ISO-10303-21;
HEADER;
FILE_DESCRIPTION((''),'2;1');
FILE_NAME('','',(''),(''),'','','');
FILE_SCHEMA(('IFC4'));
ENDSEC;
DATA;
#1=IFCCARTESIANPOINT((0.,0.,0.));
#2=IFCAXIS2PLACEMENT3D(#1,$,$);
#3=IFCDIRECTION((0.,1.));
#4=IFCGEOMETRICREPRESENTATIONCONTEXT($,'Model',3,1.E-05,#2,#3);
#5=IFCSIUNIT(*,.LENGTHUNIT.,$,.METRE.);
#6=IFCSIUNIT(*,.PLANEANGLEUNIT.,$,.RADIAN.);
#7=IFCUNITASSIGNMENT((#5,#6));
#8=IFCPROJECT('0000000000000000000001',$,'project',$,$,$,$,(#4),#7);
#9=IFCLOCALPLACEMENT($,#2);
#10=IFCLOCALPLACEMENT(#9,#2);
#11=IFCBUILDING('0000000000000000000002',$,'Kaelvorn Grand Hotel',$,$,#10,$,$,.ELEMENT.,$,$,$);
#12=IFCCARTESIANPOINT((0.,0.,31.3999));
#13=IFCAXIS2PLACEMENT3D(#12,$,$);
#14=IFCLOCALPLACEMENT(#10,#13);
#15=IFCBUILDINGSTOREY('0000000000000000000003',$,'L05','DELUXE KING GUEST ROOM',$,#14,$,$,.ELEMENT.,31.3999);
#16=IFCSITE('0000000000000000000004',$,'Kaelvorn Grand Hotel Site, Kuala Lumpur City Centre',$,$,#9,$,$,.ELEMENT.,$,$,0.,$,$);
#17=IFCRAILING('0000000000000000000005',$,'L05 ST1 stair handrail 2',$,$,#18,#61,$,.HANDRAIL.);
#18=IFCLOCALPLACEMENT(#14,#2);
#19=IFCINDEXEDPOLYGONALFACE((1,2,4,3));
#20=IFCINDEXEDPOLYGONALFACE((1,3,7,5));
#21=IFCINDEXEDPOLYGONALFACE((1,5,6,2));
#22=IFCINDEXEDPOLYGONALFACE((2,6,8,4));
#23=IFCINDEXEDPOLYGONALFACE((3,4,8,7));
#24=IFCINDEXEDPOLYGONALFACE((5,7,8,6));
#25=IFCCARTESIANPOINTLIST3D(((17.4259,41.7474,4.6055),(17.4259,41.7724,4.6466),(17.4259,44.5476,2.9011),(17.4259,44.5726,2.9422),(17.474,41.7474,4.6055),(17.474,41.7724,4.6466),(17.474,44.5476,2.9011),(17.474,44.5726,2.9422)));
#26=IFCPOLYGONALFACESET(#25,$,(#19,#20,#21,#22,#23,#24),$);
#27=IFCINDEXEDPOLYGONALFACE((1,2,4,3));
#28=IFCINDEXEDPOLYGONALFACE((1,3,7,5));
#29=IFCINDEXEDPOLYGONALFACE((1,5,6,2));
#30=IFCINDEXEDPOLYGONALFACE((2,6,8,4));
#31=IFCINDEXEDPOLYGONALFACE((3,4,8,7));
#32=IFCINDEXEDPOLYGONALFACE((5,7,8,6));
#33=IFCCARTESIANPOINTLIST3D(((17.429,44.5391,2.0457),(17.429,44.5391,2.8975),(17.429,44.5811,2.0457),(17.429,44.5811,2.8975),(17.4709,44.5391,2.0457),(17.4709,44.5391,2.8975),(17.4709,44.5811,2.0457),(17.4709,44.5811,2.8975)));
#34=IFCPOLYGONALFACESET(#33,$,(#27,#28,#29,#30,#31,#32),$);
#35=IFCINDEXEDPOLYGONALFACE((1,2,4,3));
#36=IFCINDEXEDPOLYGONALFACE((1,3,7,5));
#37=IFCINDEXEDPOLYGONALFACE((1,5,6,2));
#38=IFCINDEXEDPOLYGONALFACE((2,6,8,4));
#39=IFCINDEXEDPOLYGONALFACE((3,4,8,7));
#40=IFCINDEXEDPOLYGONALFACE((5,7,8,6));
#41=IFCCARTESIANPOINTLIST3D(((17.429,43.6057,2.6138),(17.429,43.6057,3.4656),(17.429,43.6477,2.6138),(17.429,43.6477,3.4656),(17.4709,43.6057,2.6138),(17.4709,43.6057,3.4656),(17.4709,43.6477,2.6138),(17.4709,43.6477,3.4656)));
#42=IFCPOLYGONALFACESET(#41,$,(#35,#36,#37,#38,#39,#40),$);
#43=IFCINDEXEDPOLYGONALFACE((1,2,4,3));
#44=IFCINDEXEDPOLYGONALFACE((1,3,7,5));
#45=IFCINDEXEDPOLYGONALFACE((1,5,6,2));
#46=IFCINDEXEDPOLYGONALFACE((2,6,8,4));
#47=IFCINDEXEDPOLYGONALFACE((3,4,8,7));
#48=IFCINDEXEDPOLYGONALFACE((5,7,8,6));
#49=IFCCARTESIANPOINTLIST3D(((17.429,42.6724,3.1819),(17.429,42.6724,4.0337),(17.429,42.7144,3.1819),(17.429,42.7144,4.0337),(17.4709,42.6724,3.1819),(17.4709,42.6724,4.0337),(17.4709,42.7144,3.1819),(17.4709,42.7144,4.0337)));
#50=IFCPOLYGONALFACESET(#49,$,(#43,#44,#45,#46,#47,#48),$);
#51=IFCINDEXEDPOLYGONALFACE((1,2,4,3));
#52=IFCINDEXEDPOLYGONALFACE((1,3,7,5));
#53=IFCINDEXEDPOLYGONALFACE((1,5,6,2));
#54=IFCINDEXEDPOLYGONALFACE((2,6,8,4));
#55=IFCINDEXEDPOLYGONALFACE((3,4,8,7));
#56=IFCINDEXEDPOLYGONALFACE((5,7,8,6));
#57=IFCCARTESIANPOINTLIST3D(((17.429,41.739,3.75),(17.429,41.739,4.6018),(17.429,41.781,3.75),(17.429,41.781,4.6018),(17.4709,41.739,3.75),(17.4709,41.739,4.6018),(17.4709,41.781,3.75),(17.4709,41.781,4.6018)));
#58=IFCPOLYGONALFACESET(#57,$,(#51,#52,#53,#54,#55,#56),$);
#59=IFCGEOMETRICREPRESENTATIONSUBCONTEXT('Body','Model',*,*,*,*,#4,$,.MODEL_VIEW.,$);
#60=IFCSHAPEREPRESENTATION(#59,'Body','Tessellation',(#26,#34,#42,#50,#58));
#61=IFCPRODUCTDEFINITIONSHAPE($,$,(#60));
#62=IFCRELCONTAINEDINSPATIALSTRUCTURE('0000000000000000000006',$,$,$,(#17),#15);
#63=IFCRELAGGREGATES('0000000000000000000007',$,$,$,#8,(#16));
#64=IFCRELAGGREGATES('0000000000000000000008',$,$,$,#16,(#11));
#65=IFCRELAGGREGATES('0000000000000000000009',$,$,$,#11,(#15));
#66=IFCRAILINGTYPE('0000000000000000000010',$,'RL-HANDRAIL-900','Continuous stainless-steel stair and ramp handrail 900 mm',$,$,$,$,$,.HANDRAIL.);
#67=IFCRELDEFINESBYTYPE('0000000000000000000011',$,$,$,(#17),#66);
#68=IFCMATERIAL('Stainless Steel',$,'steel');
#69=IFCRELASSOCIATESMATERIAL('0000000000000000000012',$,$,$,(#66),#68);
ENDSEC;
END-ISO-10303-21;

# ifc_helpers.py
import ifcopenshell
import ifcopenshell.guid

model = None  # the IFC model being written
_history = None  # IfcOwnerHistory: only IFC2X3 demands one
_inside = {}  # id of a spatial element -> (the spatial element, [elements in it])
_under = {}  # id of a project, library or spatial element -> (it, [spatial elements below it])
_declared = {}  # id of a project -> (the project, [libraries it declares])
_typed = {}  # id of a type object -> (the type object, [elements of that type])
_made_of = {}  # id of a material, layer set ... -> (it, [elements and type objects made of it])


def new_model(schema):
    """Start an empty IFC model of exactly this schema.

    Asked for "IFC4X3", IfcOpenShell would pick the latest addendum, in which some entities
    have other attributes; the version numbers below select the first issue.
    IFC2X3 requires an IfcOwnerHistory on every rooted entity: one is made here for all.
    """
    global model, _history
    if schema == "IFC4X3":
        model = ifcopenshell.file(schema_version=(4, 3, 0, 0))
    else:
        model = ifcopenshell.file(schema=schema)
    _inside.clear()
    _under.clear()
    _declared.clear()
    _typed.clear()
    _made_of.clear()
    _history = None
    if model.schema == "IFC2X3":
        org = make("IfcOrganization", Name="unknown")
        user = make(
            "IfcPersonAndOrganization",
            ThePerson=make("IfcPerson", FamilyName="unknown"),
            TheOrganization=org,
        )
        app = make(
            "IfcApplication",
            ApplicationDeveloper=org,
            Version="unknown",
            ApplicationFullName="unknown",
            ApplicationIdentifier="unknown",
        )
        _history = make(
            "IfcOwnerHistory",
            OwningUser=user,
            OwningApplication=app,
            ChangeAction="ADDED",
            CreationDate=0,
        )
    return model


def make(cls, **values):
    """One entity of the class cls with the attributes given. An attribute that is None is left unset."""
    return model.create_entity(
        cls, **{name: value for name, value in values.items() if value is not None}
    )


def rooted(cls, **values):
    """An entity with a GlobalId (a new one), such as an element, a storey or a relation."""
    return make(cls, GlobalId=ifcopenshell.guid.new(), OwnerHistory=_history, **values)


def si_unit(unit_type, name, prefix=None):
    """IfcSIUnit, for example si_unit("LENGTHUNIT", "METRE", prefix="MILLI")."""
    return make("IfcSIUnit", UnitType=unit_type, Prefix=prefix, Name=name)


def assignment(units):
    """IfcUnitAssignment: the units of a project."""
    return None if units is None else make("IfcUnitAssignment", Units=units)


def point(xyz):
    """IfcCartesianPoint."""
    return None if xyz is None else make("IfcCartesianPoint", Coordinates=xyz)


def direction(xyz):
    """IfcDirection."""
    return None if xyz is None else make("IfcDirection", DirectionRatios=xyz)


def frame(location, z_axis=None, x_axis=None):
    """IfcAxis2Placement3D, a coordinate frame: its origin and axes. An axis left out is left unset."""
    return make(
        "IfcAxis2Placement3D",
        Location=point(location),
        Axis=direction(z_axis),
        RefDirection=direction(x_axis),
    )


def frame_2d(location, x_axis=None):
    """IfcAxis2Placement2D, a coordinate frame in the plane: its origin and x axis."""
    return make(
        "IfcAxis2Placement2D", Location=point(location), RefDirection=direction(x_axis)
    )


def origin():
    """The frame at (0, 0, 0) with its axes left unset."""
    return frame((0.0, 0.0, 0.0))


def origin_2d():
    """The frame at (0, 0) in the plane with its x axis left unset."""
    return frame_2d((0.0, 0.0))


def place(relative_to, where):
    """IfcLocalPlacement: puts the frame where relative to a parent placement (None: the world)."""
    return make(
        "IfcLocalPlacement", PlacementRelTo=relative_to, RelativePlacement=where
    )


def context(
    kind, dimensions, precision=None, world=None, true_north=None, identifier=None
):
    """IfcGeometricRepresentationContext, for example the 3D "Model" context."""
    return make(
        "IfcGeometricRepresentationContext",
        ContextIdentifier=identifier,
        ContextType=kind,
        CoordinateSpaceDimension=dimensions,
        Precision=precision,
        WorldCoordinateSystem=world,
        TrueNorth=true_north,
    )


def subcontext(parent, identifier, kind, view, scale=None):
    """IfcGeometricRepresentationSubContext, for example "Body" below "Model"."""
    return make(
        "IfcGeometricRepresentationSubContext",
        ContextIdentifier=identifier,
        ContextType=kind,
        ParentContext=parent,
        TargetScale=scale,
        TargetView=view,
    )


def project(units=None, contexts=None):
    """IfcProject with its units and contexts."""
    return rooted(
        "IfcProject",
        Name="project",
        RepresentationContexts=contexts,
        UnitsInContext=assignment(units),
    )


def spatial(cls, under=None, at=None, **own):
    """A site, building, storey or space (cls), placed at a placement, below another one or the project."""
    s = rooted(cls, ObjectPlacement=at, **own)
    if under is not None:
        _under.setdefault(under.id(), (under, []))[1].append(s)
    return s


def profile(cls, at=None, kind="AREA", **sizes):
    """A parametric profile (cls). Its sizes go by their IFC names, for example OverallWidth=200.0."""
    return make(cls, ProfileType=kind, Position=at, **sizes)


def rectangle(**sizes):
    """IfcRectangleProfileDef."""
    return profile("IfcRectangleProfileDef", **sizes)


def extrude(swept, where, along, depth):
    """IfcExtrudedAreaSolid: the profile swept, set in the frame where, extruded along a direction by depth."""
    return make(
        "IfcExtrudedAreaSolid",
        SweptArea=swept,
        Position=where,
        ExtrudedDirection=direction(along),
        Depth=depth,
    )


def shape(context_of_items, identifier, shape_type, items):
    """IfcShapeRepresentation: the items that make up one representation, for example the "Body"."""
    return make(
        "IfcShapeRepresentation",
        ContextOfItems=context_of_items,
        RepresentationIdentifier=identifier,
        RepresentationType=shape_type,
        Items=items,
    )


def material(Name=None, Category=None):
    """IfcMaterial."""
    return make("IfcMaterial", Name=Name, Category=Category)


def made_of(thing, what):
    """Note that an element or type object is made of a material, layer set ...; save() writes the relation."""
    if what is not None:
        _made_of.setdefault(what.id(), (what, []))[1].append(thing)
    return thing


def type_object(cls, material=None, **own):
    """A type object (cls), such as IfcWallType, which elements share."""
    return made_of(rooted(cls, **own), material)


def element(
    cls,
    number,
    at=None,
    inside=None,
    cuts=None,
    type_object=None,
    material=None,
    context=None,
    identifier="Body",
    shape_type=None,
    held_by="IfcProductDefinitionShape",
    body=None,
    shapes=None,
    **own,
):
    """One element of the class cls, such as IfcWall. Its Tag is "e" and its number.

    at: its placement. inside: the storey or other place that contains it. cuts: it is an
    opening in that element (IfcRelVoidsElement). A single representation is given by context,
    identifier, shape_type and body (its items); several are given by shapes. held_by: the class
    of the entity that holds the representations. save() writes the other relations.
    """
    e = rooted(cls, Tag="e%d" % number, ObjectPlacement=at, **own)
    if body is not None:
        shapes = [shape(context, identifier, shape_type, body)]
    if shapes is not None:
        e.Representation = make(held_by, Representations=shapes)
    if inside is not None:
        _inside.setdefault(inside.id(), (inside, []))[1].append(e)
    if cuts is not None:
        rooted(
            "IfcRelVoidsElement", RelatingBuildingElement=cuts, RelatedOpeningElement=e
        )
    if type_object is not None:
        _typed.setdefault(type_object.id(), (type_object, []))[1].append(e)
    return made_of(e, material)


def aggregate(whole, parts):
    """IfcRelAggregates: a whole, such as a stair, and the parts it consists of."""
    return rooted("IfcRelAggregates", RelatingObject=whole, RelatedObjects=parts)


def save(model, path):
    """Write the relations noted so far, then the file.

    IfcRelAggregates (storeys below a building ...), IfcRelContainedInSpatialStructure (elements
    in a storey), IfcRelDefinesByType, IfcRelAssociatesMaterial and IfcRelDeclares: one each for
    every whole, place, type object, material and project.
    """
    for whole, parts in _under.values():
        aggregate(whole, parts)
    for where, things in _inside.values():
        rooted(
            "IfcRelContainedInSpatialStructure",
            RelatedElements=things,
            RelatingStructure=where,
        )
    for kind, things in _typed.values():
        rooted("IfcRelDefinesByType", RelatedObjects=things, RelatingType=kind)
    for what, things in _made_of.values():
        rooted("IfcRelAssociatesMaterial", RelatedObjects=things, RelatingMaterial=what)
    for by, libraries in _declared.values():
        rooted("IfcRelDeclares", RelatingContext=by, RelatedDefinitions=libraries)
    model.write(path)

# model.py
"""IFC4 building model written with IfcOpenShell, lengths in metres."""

from ifc_helpers import new_model, si_unit, direction, frame, origin, origin_2d, place, context, subcontext, project, spatial, rectangle, extrude, material, type_object, element, save


model = new_model("IFC4")

# Units and contexts
model_context = context("Model", 3, precision=1e-05, world=origin(), true_north=direction((0.0, 1.0)))
body_context = subcontext(model_context, "Body", "Model", "MODEL_VIEW")
ifc_project = project(units=[si_unit("LENGTHUNIT", "METRE"), si_unit("PLANEANGLEUNIT", "RADIAN")], contexts=[model_context])

# Site, building, storey
site_placement = place(None, origin())
site = spatial("IfcSite", under=ifc_project, at=site_placement, Name="Kaelvorn Grand Hotel Site, Kuala Lumpur City Centre", CompositionType="ELEMENT", RefElevation=0.0)
building_placement = place(site_placement, origin())
building = spatial("IfcBuilding", under=site, at=building_placement, Name="Kaelvorn Grand Hotel", CompositionType="ELEMENT")
storey_placement = place(building_placement, frame((0.0, 0.0, 31.3999)))
storey = spatial("IfcBuildingStorey", under=building, at=storey_placement, Name="L05", Description="DELUXE KING GUEST ROOM", CompositionType="ELEMENT", Elevation=31.3999)

# Railing
ifc_material_1 = material(Name="Stainless Steel", Category="steel")
railing_type = type_object("IfcRailingType", Name="RL-HANDRAIL-900", Description="Continuous stainless-steel stair and ramp handrail 900 mm", PredefinedType="HANDRAIL", material=ifc_material_1)
railing_placement = place(storey_placement, frame((17.45, 44.5601, 2.0457)))
element("IfcRailing", 1, at=railing_placement, inside=storey, type_object=railing_type, Name="L05 ST1 stair handrail 2", PredefinedType="HANDRAIL", context=body_context, shape_type="SweptSolid", body=[
    extrude(rectangle(XDim=0.0481, YDim=0.0481, at=origin_2d()), frame((0.0, 0.0, 0.876), z_axis=(0.0, -0.854203, 0.51994), x_axis=(1.0, 0.0, 0.0)), (0.0, 0.0, 1.0), 3.2781),
    extrude(rectangle(XDim=0.042, YDim=0.042, at=origin_2d()), origin(), (0.0, 0.0, 1.0), 0.8518),
    extrude(rectangle(XDim=0.042, YDim=0.042, at=origin_2d()), frame((0.0, -0.9333, 0.5681)), (0.0, 0.0, 1.0), 0.8518),
    extrude(rectangle(XDim=0.042, YDim=0.042, at=origin_2d()), frame((0.0, -1.8667, 1.1362)), (0.0, 0.0, 1.0), 0.8518),
    extrude(rectangle(XDim=0.042, YDim=0.042, at=origin_2d()), frame((0.0, -2.8, 1.7043)), (0.0, 0.0, 1.0), 0.8518),
])

save(model, "model.ifc")
